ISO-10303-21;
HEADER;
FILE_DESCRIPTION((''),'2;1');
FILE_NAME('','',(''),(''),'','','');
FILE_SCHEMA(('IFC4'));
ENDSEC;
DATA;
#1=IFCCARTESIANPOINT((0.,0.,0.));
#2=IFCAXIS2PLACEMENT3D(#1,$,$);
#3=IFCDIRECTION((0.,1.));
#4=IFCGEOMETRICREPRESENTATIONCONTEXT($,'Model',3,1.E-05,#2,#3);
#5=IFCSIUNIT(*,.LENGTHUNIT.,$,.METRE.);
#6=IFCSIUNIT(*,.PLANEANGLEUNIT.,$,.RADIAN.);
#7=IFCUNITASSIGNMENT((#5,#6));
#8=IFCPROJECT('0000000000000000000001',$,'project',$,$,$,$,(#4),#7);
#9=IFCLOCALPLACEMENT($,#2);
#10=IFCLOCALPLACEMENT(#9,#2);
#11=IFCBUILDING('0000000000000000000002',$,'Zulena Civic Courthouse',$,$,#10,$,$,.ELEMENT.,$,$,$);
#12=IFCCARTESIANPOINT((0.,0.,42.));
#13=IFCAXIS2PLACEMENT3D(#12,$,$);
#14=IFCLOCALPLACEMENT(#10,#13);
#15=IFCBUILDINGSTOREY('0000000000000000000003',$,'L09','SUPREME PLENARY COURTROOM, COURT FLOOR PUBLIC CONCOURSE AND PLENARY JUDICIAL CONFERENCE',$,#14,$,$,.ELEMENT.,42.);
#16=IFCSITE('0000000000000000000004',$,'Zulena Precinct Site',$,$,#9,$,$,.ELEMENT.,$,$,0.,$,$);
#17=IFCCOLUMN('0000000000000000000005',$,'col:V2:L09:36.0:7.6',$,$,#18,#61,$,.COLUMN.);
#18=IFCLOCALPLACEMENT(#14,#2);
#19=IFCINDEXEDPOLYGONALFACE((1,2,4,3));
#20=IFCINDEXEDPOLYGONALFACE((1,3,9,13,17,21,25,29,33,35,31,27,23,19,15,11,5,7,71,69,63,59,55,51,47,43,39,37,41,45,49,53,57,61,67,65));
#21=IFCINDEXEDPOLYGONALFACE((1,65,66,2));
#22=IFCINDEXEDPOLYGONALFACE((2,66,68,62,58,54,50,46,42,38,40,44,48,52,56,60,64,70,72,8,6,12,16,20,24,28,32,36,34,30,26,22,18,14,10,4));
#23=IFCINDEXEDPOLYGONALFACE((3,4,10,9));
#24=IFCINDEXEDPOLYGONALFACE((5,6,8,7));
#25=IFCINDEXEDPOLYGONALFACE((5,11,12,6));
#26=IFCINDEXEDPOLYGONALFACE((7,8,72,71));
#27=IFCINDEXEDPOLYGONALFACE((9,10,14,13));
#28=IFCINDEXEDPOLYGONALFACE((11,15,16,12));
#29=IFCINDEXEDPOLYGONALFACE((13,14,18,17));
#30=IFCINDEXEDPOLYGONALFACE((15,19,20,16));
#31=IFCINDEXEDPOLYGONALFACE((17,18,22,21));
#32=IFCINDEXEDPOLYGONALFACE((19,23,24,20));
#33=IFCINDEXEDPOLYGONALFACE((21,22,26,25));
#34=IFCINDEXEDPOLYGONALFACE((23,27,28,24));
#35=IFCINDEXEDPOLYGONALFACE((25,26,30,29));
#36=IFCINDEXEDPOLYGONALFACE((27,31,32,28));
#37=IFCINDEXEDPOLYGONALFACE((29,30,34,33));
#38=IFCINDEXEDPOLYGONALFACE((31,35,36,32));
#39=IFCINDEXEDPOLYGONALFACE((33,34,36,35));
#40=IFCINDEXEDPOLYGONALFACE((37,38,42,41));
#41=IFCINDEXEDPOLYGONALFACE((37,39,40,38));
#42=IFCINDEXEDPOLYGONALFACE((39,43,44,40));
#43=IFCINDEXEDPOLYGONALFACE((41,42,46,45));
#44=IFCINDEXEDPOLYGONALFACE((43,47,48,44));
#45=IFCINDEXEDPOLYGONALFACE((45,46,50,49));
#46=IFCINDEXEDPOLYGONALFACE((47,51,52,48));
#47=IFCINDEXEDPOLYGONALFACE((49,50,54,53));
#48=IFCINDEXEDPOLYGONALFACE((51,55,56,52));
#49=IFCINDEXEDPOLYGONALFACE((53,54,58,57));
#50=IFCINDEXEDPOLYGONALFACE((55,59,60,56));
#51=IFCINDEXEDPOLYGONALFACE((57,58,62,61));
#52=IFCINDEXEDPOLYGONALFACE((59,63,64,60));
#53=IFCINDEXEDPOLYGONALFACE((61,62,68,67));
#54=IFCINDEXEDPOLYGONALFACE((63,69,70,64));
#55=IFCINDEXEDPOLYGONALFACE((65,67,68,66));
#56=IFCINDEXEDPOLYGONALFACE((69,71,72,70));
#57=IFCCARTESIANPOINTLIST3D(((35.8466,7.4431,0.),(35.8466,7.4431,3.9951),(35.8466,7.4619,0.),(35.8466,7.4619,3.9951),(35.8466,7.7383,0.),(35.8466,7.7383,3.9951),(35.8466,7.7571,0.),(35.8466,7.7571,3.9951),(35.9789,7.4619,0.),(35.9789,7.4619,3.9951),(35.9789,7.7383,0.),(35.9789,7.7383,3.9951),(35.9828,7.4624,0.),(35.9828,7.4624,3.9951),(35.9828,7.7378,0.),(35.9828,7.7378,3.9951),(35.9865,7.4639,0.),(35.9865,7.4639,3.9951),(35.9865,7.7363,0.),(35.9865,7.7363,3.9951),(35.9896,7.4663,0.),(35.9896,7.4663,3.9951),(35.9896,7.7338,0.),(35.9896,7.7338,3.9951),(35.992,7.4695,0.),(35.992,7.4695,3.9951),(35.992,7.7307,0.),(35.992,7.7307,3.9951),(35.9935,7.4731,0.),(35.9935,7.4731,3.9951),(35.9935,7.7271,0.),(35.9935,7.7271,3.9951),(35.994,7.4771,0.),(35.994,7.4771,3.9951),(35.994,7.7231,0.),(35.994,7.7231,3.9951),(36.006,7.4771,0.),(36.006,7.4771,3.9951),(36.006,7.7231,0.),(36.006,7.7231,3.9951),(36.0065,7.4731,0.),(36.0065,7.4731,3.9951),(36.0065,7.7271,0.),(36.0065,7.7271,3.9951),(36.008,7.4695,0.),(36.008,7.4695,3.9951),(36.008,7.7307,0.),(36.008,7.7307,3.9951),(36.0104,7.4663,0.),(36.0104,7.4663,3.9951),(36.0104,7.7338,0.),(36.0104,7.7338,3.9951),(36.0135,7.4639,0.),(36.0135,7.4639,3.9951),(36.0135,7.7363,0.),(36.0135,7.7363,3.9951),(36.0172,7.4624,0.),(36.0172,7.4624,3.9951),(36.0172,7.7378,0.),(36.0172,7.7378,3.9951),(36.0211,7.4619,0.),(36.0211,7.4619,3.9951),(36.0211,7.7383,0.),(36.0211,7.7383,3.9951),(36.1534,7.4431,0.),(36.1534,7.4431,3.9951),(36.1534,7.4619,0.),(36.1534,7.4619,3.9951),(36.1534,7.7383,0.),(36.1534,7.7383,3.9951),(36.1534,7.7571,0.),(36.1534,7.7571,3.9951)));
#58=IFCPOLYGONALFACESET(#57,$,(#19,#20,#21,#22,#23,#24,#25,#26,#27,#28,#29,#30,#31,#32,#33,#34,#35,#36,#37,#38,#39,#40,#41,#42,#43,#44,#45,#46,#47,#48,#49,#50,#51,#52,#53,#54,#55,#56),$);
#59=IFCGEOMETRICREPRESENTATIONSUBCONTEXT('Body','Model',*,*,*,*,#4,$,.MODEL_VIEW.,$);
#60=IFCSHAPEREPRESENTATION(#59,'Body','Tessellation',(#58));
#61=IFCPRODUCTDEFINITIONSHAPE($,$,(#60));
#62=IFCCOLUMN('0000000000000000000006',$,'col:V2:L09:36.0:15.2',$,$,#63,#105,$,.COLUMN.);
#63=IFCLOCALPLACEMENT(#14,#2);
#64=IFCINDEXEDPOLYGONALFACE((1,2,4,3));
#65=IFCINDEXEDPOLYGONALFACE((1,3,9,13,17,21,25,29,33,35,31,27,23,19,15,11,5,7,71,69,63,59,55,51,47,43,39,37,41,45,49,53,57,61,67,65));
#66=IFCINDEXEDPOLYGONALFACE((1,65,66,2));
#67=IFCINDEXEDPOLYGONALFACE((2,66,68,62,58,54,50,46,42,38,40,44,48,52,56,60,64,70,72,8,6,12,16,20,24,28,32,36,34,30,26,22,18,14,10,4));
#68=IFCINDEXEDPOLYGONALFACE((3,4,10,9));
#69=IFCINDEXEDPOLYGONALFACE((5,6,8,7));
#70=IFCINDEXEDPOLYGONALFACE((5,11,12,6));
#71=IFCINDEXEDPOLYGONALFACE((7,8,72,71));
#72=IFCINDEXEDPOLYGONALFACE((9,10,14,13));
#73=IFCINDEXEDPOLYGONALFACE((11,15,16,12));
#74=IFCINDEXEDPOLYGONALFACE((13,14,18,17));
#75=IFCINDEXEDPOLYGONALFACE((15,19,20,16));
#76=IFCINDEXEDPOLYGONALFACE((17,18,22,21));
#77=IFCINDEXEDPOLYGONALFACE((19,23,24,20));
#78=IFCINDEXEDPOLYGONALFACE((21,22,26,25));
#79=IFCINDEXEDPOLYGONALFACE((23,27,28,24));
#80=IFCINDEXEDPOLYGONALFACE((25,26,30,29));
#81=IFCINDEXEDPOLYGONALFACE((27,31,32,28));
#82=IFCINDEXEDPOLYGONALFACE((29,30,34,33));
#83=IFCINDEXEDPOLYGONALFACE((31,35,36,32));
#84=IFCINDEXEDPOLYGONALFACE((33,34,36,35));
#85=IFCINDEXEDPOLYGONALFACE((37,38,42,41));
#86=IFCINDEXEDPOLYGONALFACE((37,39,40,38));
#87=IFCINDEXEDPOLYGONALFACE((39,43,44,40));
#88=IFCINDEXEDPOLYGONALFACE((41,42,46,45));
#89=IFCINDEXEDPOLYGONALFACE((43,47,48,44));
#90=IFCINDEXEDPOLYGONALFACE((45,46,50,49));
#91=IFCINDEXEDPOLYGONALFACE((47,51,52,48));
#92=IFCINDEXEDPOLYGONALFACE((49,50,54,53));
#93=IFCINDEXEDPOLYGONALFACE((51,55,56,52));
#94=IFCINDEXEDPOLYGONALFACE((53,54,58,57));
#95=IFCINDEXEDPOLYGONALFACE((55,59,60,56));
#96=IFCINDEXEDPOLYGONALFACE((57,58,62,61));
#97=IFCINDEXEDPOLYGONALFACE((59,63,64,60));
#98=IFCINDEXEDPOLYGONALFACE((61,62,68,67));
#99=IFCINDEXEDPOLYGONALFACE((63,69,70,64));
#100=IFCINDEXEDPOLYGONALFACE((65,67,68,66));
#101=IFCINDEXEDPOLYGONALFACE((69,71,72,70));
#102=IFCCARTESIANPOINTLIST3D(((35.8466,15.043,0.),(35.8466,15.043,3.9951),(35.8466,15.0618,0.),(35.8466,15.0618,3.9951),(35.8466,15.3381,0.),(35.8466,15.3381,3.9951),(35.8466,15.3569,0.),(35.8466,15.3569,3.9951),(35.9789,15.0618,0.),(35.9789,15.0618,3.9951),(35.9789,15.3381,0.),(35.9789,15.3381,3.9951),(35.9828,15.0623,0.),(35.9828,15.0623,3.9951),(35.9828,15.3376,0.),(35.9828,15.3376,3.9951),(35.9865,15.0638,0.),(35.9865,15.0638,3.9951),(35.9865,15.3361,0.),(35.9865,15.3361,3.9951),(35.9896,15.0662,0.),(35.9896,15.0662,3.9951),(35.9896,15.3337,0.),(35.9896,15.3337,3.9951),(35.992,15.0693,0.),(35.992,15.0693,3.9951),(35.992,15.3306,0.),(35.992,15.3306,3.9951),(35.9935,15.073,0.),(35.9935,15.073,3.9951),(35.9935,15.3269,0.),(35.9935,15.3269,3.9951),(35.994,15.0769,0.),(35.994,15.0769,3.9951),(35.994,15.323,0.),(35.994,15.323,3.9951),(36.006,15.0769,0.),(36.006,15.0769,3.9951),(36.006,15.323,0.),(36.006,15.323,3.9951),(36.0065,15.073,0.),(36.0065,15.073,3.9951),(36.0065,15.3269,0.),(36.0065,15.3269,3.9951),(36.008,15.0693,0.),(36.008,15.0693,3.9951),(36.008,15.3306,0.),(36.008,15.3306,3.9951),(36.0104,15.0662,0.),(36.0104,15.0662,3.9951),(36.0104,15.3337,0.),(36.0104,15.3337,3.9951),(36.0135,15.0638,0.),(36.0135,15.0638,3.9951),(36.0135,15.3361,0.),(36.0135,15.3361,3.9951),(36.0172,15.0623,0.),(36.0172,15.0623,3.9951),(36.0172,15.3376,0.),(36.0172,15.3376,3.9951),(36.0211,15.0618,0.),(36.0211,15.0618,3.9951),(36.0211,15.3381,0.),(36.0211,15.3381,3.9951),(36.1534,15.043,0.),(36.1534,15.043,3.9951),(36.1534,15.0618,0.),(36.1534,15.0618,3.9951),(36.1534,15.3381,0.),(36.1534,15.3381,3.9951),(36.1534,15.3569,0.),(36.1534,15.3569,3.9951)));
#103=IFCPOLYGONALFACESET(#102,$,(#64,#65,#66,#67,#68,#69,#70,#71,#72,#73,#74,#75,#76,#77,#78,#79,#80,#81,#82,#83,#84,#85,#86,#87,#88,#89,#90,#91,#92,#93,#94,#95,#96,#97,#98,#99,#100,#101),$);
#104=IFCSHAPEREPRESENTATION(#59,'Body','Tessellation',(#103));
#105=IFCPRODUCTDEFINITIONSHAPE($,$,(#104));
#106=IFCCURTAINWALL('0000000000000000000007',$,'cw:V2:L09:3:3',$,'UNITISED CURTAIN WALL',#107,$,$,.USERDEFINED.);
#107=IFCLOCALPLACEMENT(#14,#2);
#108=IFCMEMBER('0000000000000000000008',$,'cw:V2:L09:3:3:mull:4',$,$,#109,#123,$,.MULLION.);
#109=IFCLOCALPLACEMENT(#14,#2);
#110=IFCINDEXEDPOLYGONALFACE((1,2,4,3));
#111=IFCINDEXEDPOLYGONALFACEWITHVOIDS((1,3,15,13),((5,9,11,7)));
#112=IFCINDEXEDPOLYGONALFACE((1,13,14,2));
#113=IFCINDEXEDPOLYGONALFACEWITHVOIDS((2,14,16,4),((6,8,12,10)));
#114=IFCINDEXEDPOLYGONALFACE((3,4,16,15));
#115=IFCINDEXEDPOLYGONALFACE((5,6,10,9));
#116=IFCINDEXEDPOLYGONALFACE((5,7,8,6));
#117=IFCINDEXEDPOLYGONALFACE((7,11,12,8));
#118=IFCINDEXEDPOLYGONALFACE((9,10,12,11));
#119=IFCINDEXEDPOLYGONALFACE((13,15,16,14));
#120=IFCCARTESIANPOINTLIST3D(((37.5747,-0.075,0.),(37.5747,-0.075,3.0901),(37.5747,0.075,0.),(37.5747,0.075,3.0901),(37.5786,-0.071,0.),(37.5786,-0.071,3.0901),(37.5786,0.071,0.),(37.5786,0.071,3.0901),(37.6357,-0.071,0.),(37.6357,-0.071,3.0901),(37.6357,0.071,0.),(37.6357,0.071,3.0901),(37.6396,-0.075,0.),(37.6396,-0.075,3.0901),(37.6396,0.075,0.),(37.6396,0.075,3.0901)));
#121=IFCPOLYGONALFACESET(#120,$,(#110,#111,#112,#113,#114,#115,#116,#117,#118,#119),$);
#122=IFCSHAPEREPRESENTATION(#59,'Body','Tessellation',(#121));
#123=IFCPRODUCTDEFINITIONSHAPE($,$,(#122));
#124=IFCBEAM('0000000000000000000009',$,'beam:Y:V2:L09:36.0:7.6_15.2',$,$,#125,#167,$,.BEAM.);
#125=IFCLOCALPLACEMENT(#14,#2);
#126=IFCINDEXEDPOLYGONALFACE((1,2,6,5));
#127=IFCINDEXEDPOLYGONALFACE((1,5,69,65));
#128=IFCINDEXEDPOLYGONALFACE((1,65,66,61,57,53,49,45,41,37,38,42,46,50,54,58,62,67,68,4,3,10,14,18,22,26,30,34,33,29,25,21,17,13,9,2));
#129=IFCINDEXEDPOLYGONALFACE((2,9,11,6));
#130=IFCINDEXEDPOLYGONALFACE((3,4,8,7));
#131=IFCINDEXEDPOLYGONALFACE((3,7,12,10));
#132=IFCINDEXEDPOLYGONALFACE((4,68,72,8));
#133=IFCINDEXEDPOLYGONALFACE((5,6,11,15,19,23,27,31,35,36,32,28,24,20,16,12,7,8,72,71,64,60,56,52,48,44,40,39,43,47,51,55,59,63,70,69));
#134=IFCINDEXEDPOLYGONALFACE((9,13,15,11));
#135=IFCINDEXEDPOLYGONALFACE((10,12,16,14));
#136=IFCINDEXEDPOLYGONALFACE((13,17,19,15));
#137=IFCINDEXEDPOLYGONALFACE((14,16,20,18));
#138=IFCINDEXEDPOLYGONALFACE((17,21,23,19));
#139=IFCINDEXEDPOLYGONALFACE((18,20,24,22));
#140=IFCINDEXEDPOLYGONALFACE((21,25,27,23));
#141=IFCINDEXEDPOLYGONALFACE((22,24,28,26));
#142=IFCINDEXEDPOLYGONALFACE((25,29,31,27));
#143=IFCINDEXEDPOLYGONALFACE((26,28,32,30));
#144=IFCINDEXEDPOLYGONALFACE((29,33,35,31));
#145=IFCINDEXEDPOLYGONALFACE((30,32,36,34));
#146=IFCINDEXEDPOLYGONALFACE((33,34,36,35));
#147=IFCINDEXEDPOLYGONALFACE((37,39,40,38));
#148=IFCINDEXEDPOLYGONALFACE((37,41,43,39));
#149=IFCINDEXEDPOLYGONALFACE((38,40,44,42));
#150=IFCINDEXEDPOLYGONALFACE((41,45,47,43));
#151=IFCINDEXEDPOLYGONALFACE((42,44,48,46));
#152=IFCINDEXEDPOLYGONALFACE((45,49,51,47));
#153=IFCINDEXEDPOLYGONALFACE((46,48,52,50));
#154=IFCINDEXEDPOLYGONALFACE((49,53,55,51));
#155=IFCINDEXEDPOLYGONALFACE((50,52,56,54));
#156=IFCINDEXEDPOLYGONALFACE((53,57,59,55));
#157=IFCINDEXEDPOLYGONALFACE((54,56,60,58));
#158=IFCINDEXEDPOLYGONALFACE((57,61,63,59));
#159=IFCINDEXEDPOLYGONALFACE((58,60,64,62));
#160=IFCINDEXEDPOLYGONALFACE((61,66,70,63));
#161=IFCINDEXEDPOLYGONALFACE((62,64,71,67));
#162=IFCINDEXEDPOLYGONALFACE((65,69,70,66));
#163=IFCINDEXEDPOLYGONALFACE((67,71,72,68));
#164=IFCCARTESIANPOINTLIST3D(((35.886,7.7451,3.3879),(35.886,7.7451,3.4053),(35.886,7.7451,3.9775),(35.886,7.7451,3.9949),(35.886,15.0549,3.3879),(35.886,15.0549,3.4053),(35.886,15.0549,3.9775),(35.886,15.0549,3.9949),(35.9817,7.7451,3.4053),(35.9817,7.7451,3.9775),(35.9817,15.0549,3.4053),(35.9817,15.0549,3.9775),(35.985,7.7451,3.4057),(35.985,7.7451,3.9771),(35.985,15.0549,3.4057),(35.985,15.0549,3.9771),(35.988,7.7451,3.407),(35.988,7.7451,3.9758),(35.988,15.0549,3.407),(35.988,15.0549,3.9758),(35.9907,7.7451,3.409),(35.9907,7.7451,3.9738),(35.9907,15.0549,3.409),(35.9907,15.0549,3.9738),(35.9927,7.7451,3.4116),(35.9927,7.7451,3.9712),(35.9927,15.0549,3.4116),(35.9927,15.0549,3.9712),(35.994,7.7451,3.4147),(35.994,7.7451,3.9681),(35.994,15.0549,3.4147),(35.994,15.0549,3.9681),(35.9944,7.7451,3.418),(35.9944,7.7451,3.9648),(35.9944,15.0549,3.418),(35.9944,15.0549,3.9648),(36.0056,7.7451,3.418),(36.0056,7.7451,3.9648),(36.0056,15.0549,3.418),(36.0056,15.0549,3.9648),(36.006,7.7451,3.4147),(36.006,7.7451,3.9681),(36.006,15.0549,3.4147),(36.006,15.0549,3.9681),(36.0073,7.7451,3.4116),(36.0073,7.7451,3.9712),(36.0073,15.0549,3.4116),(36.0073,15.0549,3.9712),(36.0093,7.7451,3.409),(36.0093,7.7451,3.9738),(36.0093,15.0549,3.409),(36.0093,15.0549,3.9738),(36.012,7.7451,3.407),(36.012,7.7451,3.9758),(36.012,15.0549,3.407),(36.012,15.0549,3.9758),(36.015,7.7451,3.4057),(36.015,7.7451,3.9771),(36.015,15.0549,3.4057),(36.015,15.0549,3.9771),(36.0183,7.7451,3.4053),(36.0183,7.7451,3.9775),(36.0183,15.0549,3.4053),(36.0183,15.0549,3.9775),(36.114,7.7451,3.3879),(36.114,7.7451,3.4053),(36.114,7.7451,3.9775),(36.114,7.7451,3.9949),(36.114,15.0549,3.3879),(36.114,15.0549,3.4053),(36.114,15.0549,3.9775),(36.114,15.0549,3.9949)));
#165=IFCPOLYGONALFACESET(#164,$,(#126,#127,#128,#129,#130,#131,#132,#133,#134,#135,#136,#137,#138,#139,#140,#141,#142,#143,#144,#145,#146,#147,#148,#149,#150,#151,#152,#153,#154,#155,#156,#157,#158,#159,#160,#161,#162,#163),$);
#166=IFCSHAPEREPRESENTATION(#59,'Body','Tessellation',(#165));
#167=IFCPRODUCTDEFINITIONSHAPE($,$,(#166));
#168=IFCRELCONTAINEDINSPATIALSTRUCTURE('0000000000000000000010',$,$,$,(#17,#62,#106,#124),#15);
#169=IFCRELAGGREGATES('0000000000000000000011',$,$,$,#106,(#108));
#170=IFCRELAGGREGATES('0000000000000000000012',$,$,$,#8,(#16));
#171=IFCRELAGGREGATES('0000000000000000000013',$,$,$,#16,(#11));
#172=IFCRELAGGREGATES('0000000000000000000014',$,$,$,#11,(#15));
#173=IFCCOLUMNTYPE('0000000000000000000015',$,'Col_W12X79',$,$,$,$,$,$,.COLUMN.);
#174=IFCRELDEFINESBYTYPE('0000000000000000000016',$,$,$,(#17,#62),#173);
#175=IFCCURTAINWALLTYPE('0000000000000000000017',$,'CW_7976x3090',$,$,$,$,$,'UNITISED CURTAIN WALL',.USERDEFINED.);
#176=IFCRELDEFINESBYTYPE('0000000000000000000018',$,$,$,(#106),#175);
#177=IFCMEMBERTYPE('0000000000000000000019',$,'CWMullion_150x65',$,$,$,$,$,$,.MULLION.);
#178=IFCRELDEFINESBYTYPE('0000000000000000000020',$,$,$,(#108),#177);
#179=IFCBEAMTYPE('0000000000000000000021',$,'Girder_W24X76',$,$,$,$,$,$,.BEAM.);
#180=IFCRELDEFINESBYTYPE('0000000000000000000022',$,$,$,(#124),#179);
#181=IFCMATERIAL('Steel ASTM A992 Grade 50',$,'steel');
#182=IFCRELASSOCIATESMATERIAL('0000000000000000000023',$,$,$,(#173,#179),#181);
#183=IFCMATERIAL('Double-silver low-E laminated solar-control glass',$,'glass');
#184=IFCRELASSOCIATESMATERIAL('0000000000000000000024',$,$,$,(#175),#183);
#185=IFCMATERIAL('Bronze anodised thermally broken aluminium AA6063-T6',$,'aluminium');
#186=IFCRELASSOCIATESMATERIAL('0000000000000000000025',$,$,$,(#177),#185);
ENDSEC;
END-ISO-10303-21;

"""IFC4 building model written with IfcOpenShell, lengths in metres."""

from ifc_helpers import new_model, si_unit, direction, frame, origin, origin_2d, place, context, subcontext, project, spatial, hollow_rectangle, i_section, extrude, material, material_profile, profile_set, type_object, element, aggregate, save


model = new_model("IFC4")

# Units and contexts
model_context = context("Model", 3, precision=1e-05, world=origin(), true_north=direction((0.0, 1.0)))
body_context = subcontext(model_context, "Body", "Model", "MODEL_VIEW")
ifc_project = project(units=[si_unit("LENGTHUNIT", "METRE"), si_unit("PLANEANGLEUNIT", "RADIAN")], contexts=[model_context])

# Site, building, storey
site_placement = place(None, origin())
site = spatial("IfcSite", under=ifc_project, at=site_placement, Name="Zulena Precinct Site", CompositionType="ELEMENT", RefElevation=0.0)
building_placement = place(site_placement, origin())
building = spatial("IfcBuilding", under=site, at=building_placement, Name="Zulena Civic Courthouse", CompositionType="ELEMENT")
storey_placement = place(building_placement, frame((0.0, 0.0, 42.0)))
storey = spatial("IfcBuildingStorey", under=building, at=storey_placement, Name="L09", Description="SUPREME PLENARY COURTROOM, COURT FLOOR PUBLIC CONCOURSE AND PLENARY JUDICIAL CONFERENCE", CompositionType="ELEMENT", Elevation=42.0)

# Columns
ifc_material_1 = material(Name="Steel ASTM A992 Grade 50", Category="steel")
ifc_material_profile_1 = material_profile(ifc_material_1, i_section(OverallWidth=0.3069, OverallDepth=0.314, WebThickness=0.012, FlangeThickness=0.0188, FilletRadius=0.0151, at=origin_2d()), Name="W12X79")
ifc_profile_set_1 = profile_set([ifc_material_profile_1], Name="Steel ASTM A992 Grade 50")
column_type = type_object("IfcColumnType", Name="Col_W12X79", PredefinedType="COLUMN", material=ifc_profile_set_1)
for number, where, z_axis, x_axis, name in (
    (1, (36.0, 7.6001, 0.0), (0.0, 0.0, 1.0), (1.0, 0.0, 0.0), "col:V2:L09:36.0:7.6"),
    (2, (36.0, 15.2, 0.0), (0.0, 0.0, 1.0), (1.0, 0.0, 0.0), "col:V2:L09:36.0:15.2"),
):
    element("IfcColumn", number, at=place(storey_placement, frame(where, z_axis=z_axis, x_axis=x_axis)), inside=storey, type_object=column_type, Name=name, PredefinedType="COLUMN", context=body_context, shape_type="SweptSolid", body=[
        extrude(i_section(OverallWidth=0.3069, OverallDepth=0.314, WebThickness=0.012, FlangeThickness=0.0188, FilletRadius=0.0151, at=origin_2d()), origin(), (0.0, 0.0, 1.0), 3.9951),
    ])

# Curtain wall, member
ifc_material_2 = material(Name="Double-silver low-E laminated solar-control glass", Category="glass")
curtain_wall_type = type_object("IfcCurtainWallType", Name="CW_7976x3090", ElementType="UNITISED CURTAIN WALL", PredefinedType="USERDEFINED", material=ifc_material_2)
curtain_wall_placement = place(storey_placement, origin())
curtain_wall = element("IfcCurtainWall", 3, at=curtain_wall_placement, inside=storey, type_object=curtain_wall_type, Name="cw:V2:L09:3:3", ObjectType="UNITISED CURTAIN WALL", PredefinedType="USERDEFINED")
ifc_material_3 = material(Name="Bronze anodised thermally broken aluminium AA6063-T6", Category="aluminium")
ifc_material_profile_2 = material_profile(ifc_material_3, hollow_rectangle(XDim=0.0649, YDim=0.1499, WallThickness=0.0039, at=origin_2d()), Name="CWM150X65X4")
ifc_profile_set_2 = profile_set([ifc_material_profile_2], Name="Bronze anodised thermally broken aluminium AA6063-T6")
member_type = type_object("IfcMemberType", Name="CWMullion_150x65", PredefinedType="MULLION", material=ifc_profile_set_2)
member_placement = place(storey_placement, frame((37.6072, 0.0, 0.0), z_axis=(0.0, 0.0, 1.0), x_axis=(1.0, 0.0, 0.0)))
member = element("IfcMember", 4, at=member_placement, type_object=member_type, Name="cw:V2:L09:3:3:mull:4", PredefinedType="MULLION", context=body_context, shape_type="SweptSolid", body=[
    extrude(hollow_rectangle(XDim=0.0649, YDim=0.1499, WallThickness=0.0039, at=origin_2d()), origin(), (0.0, 0.0, 1.0), 3.0901),
])

# Beam
ifc_material_profile_3 = material_profile(ifc_material_1, i_section(OverallWidth=0.228, OverallDepth=0.6069, WebThickness=0.0112, FlangeThickness=0.0173, FilletRadius=0.0127, at=origin_2d()), Name="W24X76")
ifc_profile_set_3 = profile_set([ifc_material_profile_3], Name="Steel ASTM A992 Grade 50")
beam_type_1 = type_object("IfcBeamType", Name="Girder_W24X76", PredefinedType="BEAM", material=ifc_profile_set_3)
beam_1_placement = place(storey_placement, frame((36.0, 7.7451, 3.6914), z_axis=(0.0, 1.0, 0.0), x_axis=(-1.0, 0.0, 0.0)))
element("IfcBeam", 5, at=beam_1_placement, inside=storey, type_object=beam_type_1, Name="beam:Y:V2:L09:36.0:7.6_15.2", PredefinedType="BEAM", context=body_context, shape_type="SweptSolid", body=[
    extrude(i_section(OverallWidth=0.228, OverallDepth=0.6069, WebThickness=0.0112, FlangeThickness=0.0173, FilletRadius=0.0127, at=origin_2d()), origin(), (0.0, 0.0, 1.0), 7.3098),
])

aggregate(curtain_wall, [member])

save(model, "model.ifc")
